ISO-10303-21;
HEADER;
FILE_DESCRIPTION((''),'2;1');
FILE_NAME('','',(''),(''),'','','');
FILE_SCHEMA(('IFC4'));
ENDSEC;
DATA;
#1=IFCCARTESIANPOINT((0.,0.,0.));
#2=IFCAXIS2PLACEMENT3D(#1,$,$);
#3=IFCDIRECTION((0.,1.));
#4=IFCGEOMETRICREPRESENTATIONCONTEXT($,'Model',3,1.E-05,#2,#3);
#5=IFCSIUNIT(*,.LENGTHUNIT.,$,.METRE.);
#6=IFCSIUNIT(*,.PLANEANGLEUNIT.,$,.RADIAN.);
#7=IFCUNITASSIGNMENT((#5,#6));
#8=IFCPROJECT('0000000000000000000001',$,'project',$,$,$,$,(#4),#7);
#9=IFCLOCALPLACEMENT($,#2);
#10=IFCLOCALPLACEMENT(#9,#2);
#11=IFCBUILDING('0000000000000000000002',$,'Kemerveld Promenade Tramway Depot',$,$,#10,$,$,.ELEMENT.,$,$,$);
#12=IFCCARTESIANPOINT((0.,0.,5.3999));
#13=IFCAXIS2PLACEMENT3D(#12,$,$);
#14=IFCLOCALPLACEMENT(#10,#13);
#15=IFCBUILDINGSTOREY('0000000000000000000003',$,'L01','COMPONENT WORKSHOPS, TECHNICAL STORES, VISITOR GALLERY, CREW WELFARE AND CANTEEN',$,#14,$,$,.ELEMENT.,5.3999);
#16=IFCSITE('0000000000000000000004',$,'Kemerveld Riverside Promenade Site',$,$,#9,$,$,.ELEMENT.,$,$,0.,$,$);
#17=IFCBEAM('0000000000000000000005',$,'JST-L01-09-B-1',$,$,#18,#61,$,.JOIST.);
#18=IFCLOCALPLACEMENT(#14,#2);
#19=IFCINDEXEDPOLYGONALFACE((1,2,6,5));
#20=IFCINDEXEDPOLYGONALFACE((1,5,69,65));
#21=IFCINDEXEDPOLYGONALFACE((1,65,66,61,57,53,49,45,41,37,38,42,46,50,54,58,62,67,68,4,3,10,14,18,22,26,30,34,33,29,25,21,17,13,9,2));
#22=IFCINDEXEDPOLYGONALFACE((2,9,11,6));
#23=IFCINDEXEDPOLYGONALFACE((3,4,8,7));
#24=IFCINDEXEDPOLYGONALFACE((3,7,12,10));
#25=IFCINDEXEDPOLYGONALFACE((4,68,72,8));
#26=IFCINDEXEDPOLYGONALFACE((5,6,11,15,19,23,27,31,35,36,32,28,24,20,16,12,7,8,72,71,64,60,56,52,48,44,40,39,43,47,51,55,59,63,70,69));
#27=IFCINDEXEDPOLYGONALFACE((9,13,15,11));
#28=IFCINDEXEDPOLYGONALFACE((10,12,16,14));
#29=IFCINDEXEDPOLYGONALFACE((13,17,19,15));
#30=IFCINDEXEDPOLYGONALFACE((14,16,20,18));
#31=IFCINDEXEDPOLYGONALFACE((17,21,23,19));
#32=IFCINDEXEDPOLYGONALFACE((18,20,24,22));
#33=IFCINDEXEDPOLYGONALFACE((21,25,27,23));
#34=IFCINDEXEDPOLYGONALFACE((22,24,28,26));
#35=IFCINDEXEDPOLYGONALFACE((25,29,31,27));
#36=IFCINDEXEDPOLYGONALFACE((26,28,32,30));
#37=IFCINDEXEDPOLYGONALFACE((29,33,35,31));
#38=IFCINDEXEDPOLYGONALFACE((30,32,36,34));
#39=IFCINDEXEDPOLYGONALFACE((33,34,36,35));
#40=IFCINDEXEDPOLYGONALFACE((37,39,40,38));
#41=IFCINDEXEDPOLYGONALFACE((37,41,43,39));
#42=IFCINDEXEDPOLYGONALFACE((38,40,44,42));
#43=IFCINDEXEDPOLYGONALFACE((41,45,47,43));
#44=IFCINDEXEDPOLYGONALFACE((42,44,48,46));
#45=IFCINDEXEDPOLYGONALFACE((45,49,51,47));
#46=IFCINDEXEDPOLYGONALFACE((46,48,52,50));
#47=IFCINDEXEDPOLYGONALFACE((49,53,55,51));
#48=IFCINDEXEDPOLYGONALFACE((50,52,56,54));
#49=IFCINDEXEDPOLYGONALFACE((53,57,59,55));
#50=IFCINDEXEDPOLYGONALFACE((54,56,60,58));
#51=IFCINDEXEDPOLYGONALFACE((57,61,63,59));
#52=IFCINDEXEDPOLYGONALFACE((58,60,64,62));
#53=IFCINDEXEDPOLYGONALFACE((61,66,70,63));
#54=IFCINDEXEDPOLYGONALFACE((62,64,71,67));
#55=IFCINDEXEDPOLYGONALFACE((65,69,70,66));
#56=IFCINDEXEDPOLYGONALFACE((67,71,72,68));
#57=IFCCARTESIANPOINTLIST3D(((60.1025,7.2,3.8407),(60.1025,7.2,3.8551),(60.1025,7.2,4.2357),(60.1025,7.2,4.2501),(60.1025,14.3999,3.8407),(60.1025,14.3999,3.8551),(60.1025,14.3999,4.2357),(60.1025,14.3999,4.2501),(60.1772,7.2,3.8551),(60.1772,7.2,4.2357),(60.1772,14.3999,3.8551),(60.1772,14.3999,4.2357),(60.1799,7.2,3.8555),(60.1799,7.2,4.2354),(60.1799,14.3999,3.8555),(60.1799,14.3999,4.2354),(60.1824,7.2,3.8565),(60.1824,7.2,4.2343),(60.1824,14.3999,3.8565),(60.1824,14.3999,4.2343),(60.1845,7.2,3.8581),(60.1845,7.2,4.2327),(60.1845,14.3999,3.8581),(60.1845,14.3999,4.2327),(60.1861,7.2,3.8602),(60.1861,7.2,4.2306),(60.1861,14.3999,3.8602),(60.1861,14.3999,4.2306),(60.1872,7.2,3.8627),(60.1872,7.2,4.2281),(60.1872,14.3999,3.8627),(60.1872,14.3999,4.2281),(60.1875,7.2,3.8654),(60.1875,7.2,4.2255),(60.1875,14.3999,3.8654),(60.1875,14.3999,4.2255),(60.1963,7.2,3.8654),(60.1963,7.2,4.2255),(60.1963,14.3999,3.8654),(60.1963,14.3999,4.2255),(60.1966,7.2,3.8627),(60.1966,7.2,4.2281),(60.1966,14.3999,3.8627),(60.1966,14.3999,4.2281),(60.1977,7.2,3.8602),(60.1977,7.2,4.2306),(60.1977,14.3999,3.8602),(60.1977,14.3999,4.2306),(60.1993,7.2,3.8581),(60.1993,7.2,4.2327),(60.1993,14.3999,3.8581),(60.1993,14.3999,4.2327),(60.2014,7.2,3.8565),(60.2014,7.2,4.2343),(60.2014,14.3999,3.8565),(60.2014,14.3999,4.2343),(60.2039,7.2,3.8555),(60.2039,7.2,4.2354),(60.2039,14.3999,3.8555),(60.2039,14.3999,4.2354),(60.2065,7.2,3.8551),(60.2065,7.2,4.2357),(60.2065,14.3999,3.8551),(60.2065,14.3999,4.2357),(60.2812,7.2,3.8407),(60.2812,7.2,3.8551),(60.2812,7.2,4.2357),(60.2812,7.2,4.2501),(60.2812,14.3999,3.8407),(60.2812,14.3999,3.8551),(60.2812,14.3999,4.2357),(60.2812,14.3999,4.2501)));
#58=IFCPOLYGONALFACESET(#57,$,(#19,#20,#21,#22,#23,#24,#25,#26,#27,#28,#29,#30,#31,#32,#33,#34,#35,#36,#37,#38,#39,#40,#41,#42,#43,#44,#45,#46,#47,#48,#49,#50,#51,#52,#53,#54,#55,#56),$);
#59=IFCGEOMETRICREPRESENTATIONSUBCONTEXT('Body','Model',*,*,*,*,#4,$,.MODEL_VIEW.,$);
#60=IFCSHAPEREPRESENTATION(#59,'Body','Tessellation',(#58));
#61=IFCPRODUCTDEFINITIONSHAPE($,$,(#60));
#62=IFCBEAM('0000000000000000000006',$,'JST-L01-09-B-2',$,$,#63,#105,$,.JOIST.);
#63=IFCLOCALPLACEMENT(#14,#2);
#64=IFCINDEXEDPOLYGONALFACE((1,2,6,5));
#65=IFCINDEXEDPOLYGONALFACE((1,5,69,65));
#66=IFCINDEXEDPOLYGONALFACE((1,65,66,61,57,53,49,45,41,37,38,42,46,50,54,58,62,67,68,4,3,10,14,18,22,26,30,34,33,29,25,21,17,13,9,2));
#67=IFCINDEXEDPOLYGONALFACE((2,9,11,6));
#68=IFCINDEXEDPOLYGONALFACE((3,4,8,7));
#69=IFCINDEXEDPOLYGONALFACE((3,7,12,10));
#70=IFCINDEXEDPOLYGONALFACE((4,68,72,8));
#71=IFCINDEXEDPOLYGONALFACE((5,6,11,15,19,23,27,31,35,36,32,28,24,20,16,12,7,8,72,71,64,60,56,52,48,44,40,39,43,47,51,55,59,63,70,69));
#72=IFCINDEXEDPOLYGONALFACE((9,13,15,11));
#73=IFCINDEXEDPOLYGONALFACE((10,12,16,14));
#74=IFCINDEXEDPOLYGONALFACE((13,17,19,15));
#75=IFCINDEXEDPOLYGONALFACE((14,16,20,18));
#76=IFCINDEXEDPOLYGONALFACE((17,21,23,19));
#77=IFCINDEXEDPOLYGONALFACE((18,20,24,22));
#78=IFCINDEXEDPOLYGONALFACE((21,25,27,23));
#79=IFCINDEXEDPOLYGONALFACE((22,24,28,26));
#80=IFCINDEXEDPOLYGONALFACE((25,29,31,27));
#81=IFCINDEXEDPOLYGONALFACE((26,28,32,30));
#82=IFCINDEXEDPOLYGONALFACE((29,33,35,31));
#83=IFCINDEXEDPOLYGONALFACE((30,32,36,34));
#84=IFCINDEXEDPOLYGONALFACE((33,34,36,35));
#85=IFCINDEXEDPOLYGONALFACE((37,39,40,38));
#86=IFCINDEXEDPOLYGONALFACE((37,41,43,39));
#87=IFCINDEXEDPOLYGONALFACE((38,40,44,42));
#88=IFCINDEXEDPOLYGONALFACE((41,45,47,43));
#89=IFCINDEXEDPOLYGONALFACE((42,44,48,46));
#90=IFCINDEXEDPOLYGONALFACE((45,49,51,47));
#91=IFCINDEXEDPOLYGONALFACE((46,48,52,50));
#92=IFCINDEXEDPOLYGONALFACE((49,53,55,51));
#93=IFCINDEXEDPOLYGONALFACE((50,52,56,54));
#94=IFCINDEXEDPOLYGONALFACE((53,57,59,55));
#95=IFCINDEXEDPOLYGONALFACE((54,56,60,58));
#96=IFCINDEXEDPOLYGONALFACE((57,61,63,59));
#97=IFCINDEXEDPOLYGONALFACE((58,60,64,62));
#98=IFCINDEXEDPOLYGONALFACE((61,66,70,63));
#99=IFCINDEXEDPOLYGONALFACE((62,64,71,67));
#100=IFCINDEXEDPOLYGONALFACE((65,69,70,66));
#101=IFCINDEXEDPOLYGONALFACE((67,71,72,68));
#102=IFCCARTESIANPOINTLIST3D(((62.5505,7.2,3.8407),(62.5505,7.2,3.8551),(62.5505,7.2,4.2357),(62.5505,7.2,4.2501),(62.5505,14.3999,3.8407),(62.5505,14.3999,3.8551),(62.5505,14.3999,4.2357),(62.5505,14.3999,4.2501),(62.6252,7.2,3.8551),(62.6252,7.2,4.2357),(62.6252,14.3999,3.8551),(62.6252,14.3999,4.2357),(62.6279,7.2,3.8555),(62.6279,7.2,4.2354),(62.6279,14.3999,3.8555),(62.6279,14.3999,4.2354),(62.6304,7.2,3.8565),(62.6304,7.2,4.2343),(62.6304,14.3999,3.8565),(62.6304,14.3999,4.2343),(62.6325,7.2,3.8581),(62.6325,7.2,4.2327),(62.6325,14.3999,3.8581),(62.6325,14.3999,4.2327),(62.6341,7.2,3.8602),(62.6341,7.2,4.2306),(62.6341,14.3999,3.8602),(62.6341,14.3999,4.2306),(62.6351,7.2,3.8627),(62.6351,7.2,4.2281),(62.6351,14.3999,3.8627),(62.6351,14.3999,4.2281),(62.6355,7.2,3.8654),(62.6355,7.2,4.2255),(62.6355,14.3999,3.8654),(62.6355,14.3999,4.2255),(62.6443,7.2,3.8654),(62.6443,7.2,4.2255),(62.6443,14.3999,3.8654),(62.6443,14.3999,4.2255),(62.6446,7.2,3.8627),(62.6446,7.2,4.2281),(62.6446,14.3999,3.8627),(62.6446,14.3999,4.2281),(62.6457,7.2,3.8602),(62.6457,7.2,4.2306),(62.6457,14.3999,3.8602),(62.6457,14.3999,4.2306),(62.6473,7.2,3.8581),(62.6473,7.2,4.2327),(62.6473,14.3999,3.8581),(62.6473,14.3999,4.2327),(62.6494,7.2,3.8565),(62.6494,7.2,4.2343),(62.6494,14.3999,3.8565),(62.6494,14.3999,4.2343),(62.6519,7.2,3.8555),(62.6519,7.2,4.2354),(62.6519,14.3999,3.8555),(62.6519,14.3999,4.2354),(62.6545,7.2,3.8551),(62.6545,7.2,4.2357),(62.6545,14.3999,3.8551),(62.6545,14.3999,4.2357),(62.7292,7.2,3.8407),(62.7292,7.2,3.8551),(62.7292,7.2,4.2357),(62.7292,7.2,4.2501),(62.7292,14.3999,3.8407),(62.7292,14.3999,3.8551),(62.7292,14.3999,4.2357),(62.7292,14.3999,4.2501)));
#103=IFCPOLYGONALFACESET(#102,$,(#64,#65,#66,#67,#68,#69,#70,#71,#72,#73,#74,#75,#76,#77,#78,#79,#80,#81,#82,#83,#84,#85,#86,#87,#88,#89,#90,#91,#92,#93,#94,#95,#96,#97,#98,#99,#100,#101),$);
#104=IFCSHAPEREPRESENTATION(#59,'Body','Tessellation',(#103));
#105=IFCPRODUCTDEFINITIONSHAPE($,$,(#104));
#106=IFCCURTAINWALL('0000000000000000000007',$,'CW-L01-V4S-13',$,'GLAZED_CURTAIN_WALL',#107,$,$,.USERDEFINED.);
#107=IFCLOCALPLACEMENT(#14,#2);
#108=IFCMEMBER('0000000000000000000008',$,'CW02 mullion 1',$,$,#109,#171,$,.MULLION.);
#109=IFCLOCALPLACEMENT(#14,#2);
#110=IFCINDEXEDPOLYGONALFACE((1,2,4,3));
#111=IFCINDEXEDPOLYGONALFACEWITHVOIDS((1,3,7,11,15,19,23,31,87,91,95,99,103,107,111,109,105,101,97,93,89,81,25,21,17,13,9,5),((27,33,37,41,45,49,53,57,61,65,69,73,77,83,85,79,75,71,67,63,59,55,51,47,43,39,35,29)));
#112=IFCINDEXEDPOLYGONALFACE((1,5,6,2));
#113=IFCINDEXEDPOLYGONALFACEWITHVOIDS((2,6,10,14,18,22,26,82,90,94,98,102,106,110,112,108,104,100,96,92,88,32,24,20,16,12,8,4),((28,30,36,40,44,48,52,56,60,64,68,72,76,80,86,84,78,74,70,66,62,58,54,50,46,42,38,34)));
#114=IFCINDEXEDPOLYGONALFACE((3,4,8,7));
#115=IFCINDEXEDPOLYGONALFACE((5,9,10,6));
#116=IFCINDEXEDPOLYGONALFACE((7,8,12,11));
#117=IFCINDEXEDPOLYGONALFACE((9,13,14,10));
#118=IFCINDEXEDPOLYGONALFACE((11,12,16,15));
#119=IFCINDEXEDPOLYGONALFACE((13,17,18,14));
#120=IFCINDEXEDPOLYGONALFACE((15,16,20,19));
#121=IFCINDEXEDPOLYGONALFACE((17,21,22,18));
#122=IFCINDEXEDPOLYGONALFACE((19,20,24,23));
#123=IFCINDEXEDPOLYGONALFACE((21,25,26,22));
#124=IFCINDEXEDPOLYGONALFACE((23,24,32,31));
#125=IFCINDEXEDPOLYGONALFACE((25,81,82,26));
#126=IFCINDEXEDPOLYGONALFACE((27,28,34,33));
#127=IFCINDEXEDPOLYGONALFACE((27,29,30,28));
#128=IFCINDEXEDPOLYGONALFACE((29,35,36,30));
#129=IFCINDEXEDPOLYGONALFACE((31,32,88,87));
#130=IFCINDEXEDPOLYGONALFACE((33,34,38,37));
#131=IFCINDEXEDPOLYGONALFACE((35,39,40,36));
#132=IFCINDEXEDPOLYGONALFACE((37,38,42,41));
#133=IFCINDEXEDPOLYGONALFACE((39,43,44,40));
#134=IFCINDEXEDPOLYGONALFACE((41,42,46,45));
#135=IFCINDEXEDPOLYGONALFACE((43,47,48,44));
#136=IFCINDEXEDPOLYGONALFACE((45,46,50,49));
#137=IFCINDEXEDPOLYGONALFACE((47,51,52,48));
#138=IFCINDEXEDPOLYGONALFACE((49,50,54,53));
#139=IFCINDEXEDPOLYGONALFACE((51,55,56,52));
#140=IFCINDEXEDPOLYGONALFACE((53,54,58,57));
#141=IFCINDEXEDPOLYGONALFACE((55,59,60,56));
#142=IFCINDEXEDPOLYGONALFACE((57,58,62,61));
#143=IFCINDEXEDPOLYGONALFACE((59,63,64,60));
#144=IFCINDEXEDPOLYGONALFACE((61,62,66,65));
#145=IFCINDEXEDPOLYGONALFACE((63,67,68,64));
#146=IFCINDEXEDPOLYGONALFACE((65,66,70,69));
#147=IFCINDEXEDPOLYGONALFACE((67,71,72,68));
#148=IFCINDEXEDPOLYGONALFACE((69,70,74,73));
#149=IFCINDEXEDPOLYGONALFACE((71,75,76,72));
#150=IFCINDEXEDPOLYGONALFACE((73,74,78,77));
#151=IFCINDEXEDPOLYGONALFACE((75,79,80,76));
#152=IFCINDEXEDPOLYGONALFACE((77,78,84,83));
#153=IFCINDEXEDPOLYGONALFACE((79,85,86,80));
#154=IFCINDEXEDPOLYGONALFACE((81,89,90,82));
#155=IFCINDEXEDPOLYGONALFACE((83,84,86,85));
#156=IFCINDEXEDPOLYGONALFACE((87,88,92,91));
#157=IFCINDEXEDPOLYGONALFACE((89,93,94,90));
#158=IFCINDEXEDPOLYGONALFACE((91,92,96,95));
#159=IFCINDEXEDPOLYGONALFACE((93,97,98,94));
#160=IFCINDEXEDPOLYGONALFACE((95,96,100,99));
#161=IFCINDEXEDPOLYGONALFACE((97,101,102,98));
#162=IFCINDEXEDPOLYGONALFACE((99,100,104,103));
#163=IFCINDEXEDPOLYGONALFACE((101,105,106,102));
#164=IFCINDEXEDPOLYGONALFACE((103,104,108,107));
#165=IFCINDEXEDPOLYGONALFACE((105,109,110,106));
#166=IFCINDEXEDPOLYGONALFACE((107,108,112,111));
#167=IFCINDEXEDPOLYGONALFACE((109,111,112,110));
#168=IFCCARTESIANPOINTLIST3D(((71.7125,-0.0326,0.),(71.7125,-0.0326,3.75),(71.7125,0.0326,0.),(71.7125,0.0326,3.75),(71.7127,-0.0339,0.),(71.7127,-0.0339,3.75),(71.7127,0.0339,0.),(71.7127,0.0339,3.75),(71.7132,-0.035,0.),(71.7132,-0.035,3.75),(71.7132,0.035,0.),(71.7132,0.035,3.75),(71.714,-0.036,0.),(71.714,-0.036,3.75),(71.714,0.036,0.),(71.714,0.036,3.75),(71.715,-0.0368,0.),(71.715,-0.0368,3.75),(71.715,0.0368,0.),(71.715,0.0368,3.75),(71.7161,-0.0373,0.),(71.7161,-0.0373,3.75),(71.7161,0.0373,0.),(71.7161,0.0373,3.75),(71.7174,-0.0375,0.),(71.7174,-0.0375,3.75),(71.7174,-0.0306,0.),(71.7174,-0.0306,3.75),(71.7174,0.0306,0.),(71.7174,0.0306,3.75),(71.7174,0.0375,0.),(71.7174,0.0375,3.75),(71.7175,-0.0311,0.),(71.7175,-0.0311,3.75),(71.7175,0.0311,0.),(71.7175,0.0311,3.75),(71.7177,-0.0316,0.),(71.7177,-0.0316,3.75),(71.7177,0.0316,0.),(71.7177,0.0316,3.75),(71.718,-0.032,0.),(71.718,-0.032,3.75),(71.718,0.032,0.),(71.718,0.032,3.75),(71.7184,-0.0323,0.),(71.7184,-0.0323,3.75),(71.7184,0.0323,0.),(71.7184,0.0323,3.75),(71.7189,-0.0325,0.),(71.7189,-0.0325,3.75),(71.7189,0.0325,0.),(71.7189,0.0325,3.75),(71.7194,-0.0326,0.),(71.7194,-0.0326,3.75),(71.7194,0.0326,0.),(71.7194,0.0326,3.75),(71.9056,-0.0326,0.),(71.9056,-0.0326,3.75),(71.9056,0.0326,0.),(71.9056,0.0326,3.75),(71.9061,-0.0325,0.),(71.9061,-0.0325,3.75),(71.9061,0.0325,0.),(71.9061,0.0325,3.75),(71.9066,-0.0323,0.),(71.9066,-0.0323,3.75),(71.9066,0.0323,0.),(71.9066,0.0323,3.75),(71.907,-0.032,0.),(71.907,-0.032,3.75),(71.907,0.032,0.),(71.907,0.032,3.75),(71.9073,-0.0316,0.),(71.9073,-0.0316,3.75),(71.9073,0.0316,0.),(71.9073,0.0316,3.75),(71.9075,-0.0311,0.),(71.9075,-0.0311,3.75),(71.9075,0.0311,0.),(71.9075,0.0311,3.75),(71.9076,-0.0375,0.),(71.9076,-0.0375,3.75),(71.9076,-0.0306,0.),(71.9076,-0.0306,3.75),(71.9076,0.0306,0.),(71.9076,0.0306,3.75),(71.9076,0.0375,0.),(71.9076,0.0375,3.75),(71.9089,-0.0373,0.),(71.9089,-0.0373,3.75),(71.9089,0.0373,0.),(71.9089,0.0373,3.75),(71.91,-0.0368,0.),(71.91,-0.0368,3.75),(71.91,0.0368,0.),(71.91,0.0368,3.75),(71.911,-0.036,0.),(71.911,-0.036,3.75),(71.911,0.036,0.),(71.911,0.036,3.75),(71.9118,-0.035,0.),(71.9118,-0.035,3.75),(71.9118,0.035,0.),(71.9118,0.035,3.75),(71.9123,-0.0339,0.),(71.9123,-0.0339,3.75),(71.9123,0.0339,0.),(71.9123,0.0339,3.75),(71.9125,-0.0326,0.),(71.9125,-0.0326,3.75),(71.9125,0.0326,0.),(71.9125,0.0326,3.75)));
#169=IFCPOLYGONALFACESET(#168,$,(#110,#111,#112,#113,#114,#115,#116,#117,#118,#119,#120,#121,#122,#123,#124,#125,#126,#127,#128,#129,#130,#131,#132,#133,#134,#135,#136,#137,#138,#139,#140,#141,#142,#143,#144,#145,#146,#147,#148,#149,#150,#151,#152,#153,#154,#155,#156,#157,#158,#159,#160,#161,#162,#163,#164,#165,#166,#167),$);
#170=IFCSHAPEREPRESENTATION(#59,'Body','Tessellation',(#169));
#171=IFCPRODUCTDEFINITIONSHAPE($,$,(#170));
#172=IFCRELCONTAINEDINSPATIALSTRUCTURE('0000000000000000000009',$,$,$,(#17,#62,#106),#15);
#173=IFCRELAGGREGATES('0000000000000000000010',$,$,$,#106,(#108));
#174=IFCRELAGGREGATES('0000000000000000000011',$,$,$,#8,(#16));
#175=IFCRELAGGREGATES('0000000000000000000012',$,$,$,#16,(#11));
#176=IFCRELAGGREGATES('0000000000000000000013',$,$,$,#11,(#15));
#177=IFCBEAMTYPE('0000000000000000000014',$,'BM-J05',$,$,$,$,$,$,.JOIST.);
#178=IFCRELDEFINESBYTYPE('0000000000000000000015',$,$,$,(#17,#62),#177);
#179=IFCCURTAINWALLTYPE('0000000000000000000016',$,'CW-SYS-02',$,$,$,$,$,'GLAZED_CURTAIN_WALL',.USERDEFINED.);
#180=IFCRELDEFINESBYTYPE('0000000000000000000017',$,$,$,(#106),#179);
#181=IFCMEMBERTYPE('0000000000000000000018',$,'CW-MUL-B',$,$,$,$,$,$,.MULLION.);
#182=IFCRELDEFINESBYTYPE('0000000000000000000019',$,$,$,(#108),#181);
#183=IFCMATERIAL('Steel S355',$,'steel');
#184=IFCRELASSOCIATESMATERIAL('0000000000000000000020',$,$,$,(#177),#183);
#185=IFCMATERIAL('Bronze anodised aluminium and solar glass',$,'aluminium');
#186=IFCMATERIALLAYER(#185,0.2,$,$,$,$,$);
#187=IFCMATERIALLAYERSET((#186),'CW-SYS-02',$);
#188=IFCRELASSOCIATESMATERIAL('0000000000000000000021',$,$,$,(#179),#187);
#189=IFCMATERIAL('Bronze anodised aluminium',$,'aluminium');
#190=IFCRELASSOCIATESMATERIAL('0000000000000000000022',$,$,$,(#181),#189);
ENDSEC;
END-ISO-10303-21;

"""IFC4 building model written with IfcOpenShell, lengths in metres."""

from ifc_helpers import new_model, si_unit, direction, frame, origin, origin_2d, place, context, subcontext, project, spatial, hollow_rectangle, i_section, extrude, material, layer, layer_set, material_profile, profile_set, type_object, element, aggregate, save


model = new_model("IFC4")

# Units and contexts
model_context = context("Model", 3, precision=1e-05, world=origin(), true_north=direction((0.0, 1.0)))
body_context = subcontext(model_context, "Body", "Model", "MODEL_VIEW")
ifc_project = project(units=[si_unit("LENGTHUNIT", "METRE"), si_unit("PLANEANGLEUNIT", "RADIAN")], contexts=[model_context])

# Site, building, storey
site_placement = place(None, origin())
site = spatial("IfcSite", under=ifc_project, at=site_placement, Name="Kemerveld Riverside Promenade Site", CompositionType="ELEMENT", RefElevation=0.0)
building_placement = place(site_placement, origin())
building = spatial("IfcBuilding", under=site, at=building_placement, Name="Kemerveld Promenade Tramway Depot", CompositionType="ELEMENT")
storey_placement = place(building_placement, frame((0.0, 0.0, 5.3999)))
storey = spatial("IfcBuildingStorey", under=building, at=storey_placement, Name="L01", Description="COMPONENT WORKSHOPS, TECHNICAL STORES, VISITOR GALLERY, CREW WELFARE AND CANTEEN", CompositionType="ELEMENT", Elevation=5.3999)

# Shared definitions
ifc_material_1 = material(Name="Steel S355", Category="steel")

# Beams
ifc_material_profile_1 = material_profile(ifc_material_1, i_section(OverallWidth=0.1787, OverallDepth=0.4094, WebThickness=0.0088, FlangeThickness=0.0144, FilletRadius=0.0103, at=origin_2d()), Name="406x178x67 UB")
ifc_profile_set_1 = profile_set([ifc_material_profile_1], Name="Steel S355")
beam_type_1 = type_object("IfcBeamType", Name="BM-J05", PredefinedType="JOIST", material=ifc_profile_set_1)
for number, where, z_axis, x_axis, name in (
    (1, (60.1919, 7.2, 4.0454), (0.0, 1.0, 0.0), (-1.0, 0.0, 0.0), "JST-L01-09-B-1"),
    (2, (62.6399, 7.2, 4.0454), (0.0, 1.0, 0.0), (-1.0, 0.0, 0.0), "JST-L01-09-B-2"),
):
    element("IfcBeam", number, at=place(storey_placement, frame(where, z_axis=z_axis, x_axis=x_axis)), inside=storey, type_object=beam_type_1, Name=name, PredefinedType="JOIST", context=body_context, shape_type="SweptSolid", body=[
        extrude(i_section(OverallWidth=0.1787, OverallDepth=0.4094, WebThickness=0.0088, FlangeThickness=0.0144, FilletRadius=0.0103, at=origin_2d()), origin(), (0.0, 0.0, 1.0), 7.2),
    ])

# Curtain wall, member
ifc_material_2 = material(Name="Bronze anodised aluminium and solar glass", Category="aluminium")
ifc_layer_1 = layer(ifc_material_2, 0.2)
ifc_layer_set_1 = layer_set([ifc_layer_1], Name="CW-SYS-02")
curtain_wall_type = type_object("IfcCurtainWallType", Name="CW-SYS-02", ElementType="GLAZED_CURTAIN_WALL", PredefinedType="USERDEFINED", material=ifc_layer_set_1)
curtain_wall_placement = place(storey_placement, origin())
curtain_wall = element("IfcCurtainWall", 3, at=curtain_wall_placement, inside=storey, type_object=curtain_wall_type, Name="CW-L01-V4S-13", ObjectType="GLAZED_CURTAIN_WALL", PredefinedType="USERDEFINED")
ifc_material_3 = material(Name="Bronze anodised aluminium", Category="aluminium")
ifc_material_profile_2 = material_profile(ifc_material_3, hollow_rectangle(XDim=0.075, YDim=0.2, WallThickness=0.0049, InnerFilletRadius=0.002, OuterFilletRadius=0.0049, at=origin_2d()), Name="CW-MUL-200x75")
ifc_profile_set_2 = profile_set([ifc_material_profile_2], Name="Bronze anodised aluminium")
member_type_1 = type_object("IfcMemberType", Name="CW-MUL-B", PredefinedType="MULLION", material=ifc_profile_set_2)
member_1_placement = place(storey_placement, frame((71.8125, 0.0, 0.0), z_axis=(0.0, 0.0, 1.0), x_axis=(0.0, -1.0, 0.0)))
member_1 = element("IfcMember", 4, at=member_1_placement, type_object=member_type_1, Name="CW02 mullion 1", PredefinedType="MULLION", context=body_context, shape_type="SweptSolid", body=[
    extrude(hollow_rectangle(XDim=0.075, YDim=0.2, WallThickness=0.0049, InnerFilletRadius=0.002, OuterFilletRadius=0.0049, at=origin_2d()), origin(), (0.0, 0.0, 1.0), 3.75),
])
aggregate(curtain_wall, [member_1])

save(model, "model.ifc")
